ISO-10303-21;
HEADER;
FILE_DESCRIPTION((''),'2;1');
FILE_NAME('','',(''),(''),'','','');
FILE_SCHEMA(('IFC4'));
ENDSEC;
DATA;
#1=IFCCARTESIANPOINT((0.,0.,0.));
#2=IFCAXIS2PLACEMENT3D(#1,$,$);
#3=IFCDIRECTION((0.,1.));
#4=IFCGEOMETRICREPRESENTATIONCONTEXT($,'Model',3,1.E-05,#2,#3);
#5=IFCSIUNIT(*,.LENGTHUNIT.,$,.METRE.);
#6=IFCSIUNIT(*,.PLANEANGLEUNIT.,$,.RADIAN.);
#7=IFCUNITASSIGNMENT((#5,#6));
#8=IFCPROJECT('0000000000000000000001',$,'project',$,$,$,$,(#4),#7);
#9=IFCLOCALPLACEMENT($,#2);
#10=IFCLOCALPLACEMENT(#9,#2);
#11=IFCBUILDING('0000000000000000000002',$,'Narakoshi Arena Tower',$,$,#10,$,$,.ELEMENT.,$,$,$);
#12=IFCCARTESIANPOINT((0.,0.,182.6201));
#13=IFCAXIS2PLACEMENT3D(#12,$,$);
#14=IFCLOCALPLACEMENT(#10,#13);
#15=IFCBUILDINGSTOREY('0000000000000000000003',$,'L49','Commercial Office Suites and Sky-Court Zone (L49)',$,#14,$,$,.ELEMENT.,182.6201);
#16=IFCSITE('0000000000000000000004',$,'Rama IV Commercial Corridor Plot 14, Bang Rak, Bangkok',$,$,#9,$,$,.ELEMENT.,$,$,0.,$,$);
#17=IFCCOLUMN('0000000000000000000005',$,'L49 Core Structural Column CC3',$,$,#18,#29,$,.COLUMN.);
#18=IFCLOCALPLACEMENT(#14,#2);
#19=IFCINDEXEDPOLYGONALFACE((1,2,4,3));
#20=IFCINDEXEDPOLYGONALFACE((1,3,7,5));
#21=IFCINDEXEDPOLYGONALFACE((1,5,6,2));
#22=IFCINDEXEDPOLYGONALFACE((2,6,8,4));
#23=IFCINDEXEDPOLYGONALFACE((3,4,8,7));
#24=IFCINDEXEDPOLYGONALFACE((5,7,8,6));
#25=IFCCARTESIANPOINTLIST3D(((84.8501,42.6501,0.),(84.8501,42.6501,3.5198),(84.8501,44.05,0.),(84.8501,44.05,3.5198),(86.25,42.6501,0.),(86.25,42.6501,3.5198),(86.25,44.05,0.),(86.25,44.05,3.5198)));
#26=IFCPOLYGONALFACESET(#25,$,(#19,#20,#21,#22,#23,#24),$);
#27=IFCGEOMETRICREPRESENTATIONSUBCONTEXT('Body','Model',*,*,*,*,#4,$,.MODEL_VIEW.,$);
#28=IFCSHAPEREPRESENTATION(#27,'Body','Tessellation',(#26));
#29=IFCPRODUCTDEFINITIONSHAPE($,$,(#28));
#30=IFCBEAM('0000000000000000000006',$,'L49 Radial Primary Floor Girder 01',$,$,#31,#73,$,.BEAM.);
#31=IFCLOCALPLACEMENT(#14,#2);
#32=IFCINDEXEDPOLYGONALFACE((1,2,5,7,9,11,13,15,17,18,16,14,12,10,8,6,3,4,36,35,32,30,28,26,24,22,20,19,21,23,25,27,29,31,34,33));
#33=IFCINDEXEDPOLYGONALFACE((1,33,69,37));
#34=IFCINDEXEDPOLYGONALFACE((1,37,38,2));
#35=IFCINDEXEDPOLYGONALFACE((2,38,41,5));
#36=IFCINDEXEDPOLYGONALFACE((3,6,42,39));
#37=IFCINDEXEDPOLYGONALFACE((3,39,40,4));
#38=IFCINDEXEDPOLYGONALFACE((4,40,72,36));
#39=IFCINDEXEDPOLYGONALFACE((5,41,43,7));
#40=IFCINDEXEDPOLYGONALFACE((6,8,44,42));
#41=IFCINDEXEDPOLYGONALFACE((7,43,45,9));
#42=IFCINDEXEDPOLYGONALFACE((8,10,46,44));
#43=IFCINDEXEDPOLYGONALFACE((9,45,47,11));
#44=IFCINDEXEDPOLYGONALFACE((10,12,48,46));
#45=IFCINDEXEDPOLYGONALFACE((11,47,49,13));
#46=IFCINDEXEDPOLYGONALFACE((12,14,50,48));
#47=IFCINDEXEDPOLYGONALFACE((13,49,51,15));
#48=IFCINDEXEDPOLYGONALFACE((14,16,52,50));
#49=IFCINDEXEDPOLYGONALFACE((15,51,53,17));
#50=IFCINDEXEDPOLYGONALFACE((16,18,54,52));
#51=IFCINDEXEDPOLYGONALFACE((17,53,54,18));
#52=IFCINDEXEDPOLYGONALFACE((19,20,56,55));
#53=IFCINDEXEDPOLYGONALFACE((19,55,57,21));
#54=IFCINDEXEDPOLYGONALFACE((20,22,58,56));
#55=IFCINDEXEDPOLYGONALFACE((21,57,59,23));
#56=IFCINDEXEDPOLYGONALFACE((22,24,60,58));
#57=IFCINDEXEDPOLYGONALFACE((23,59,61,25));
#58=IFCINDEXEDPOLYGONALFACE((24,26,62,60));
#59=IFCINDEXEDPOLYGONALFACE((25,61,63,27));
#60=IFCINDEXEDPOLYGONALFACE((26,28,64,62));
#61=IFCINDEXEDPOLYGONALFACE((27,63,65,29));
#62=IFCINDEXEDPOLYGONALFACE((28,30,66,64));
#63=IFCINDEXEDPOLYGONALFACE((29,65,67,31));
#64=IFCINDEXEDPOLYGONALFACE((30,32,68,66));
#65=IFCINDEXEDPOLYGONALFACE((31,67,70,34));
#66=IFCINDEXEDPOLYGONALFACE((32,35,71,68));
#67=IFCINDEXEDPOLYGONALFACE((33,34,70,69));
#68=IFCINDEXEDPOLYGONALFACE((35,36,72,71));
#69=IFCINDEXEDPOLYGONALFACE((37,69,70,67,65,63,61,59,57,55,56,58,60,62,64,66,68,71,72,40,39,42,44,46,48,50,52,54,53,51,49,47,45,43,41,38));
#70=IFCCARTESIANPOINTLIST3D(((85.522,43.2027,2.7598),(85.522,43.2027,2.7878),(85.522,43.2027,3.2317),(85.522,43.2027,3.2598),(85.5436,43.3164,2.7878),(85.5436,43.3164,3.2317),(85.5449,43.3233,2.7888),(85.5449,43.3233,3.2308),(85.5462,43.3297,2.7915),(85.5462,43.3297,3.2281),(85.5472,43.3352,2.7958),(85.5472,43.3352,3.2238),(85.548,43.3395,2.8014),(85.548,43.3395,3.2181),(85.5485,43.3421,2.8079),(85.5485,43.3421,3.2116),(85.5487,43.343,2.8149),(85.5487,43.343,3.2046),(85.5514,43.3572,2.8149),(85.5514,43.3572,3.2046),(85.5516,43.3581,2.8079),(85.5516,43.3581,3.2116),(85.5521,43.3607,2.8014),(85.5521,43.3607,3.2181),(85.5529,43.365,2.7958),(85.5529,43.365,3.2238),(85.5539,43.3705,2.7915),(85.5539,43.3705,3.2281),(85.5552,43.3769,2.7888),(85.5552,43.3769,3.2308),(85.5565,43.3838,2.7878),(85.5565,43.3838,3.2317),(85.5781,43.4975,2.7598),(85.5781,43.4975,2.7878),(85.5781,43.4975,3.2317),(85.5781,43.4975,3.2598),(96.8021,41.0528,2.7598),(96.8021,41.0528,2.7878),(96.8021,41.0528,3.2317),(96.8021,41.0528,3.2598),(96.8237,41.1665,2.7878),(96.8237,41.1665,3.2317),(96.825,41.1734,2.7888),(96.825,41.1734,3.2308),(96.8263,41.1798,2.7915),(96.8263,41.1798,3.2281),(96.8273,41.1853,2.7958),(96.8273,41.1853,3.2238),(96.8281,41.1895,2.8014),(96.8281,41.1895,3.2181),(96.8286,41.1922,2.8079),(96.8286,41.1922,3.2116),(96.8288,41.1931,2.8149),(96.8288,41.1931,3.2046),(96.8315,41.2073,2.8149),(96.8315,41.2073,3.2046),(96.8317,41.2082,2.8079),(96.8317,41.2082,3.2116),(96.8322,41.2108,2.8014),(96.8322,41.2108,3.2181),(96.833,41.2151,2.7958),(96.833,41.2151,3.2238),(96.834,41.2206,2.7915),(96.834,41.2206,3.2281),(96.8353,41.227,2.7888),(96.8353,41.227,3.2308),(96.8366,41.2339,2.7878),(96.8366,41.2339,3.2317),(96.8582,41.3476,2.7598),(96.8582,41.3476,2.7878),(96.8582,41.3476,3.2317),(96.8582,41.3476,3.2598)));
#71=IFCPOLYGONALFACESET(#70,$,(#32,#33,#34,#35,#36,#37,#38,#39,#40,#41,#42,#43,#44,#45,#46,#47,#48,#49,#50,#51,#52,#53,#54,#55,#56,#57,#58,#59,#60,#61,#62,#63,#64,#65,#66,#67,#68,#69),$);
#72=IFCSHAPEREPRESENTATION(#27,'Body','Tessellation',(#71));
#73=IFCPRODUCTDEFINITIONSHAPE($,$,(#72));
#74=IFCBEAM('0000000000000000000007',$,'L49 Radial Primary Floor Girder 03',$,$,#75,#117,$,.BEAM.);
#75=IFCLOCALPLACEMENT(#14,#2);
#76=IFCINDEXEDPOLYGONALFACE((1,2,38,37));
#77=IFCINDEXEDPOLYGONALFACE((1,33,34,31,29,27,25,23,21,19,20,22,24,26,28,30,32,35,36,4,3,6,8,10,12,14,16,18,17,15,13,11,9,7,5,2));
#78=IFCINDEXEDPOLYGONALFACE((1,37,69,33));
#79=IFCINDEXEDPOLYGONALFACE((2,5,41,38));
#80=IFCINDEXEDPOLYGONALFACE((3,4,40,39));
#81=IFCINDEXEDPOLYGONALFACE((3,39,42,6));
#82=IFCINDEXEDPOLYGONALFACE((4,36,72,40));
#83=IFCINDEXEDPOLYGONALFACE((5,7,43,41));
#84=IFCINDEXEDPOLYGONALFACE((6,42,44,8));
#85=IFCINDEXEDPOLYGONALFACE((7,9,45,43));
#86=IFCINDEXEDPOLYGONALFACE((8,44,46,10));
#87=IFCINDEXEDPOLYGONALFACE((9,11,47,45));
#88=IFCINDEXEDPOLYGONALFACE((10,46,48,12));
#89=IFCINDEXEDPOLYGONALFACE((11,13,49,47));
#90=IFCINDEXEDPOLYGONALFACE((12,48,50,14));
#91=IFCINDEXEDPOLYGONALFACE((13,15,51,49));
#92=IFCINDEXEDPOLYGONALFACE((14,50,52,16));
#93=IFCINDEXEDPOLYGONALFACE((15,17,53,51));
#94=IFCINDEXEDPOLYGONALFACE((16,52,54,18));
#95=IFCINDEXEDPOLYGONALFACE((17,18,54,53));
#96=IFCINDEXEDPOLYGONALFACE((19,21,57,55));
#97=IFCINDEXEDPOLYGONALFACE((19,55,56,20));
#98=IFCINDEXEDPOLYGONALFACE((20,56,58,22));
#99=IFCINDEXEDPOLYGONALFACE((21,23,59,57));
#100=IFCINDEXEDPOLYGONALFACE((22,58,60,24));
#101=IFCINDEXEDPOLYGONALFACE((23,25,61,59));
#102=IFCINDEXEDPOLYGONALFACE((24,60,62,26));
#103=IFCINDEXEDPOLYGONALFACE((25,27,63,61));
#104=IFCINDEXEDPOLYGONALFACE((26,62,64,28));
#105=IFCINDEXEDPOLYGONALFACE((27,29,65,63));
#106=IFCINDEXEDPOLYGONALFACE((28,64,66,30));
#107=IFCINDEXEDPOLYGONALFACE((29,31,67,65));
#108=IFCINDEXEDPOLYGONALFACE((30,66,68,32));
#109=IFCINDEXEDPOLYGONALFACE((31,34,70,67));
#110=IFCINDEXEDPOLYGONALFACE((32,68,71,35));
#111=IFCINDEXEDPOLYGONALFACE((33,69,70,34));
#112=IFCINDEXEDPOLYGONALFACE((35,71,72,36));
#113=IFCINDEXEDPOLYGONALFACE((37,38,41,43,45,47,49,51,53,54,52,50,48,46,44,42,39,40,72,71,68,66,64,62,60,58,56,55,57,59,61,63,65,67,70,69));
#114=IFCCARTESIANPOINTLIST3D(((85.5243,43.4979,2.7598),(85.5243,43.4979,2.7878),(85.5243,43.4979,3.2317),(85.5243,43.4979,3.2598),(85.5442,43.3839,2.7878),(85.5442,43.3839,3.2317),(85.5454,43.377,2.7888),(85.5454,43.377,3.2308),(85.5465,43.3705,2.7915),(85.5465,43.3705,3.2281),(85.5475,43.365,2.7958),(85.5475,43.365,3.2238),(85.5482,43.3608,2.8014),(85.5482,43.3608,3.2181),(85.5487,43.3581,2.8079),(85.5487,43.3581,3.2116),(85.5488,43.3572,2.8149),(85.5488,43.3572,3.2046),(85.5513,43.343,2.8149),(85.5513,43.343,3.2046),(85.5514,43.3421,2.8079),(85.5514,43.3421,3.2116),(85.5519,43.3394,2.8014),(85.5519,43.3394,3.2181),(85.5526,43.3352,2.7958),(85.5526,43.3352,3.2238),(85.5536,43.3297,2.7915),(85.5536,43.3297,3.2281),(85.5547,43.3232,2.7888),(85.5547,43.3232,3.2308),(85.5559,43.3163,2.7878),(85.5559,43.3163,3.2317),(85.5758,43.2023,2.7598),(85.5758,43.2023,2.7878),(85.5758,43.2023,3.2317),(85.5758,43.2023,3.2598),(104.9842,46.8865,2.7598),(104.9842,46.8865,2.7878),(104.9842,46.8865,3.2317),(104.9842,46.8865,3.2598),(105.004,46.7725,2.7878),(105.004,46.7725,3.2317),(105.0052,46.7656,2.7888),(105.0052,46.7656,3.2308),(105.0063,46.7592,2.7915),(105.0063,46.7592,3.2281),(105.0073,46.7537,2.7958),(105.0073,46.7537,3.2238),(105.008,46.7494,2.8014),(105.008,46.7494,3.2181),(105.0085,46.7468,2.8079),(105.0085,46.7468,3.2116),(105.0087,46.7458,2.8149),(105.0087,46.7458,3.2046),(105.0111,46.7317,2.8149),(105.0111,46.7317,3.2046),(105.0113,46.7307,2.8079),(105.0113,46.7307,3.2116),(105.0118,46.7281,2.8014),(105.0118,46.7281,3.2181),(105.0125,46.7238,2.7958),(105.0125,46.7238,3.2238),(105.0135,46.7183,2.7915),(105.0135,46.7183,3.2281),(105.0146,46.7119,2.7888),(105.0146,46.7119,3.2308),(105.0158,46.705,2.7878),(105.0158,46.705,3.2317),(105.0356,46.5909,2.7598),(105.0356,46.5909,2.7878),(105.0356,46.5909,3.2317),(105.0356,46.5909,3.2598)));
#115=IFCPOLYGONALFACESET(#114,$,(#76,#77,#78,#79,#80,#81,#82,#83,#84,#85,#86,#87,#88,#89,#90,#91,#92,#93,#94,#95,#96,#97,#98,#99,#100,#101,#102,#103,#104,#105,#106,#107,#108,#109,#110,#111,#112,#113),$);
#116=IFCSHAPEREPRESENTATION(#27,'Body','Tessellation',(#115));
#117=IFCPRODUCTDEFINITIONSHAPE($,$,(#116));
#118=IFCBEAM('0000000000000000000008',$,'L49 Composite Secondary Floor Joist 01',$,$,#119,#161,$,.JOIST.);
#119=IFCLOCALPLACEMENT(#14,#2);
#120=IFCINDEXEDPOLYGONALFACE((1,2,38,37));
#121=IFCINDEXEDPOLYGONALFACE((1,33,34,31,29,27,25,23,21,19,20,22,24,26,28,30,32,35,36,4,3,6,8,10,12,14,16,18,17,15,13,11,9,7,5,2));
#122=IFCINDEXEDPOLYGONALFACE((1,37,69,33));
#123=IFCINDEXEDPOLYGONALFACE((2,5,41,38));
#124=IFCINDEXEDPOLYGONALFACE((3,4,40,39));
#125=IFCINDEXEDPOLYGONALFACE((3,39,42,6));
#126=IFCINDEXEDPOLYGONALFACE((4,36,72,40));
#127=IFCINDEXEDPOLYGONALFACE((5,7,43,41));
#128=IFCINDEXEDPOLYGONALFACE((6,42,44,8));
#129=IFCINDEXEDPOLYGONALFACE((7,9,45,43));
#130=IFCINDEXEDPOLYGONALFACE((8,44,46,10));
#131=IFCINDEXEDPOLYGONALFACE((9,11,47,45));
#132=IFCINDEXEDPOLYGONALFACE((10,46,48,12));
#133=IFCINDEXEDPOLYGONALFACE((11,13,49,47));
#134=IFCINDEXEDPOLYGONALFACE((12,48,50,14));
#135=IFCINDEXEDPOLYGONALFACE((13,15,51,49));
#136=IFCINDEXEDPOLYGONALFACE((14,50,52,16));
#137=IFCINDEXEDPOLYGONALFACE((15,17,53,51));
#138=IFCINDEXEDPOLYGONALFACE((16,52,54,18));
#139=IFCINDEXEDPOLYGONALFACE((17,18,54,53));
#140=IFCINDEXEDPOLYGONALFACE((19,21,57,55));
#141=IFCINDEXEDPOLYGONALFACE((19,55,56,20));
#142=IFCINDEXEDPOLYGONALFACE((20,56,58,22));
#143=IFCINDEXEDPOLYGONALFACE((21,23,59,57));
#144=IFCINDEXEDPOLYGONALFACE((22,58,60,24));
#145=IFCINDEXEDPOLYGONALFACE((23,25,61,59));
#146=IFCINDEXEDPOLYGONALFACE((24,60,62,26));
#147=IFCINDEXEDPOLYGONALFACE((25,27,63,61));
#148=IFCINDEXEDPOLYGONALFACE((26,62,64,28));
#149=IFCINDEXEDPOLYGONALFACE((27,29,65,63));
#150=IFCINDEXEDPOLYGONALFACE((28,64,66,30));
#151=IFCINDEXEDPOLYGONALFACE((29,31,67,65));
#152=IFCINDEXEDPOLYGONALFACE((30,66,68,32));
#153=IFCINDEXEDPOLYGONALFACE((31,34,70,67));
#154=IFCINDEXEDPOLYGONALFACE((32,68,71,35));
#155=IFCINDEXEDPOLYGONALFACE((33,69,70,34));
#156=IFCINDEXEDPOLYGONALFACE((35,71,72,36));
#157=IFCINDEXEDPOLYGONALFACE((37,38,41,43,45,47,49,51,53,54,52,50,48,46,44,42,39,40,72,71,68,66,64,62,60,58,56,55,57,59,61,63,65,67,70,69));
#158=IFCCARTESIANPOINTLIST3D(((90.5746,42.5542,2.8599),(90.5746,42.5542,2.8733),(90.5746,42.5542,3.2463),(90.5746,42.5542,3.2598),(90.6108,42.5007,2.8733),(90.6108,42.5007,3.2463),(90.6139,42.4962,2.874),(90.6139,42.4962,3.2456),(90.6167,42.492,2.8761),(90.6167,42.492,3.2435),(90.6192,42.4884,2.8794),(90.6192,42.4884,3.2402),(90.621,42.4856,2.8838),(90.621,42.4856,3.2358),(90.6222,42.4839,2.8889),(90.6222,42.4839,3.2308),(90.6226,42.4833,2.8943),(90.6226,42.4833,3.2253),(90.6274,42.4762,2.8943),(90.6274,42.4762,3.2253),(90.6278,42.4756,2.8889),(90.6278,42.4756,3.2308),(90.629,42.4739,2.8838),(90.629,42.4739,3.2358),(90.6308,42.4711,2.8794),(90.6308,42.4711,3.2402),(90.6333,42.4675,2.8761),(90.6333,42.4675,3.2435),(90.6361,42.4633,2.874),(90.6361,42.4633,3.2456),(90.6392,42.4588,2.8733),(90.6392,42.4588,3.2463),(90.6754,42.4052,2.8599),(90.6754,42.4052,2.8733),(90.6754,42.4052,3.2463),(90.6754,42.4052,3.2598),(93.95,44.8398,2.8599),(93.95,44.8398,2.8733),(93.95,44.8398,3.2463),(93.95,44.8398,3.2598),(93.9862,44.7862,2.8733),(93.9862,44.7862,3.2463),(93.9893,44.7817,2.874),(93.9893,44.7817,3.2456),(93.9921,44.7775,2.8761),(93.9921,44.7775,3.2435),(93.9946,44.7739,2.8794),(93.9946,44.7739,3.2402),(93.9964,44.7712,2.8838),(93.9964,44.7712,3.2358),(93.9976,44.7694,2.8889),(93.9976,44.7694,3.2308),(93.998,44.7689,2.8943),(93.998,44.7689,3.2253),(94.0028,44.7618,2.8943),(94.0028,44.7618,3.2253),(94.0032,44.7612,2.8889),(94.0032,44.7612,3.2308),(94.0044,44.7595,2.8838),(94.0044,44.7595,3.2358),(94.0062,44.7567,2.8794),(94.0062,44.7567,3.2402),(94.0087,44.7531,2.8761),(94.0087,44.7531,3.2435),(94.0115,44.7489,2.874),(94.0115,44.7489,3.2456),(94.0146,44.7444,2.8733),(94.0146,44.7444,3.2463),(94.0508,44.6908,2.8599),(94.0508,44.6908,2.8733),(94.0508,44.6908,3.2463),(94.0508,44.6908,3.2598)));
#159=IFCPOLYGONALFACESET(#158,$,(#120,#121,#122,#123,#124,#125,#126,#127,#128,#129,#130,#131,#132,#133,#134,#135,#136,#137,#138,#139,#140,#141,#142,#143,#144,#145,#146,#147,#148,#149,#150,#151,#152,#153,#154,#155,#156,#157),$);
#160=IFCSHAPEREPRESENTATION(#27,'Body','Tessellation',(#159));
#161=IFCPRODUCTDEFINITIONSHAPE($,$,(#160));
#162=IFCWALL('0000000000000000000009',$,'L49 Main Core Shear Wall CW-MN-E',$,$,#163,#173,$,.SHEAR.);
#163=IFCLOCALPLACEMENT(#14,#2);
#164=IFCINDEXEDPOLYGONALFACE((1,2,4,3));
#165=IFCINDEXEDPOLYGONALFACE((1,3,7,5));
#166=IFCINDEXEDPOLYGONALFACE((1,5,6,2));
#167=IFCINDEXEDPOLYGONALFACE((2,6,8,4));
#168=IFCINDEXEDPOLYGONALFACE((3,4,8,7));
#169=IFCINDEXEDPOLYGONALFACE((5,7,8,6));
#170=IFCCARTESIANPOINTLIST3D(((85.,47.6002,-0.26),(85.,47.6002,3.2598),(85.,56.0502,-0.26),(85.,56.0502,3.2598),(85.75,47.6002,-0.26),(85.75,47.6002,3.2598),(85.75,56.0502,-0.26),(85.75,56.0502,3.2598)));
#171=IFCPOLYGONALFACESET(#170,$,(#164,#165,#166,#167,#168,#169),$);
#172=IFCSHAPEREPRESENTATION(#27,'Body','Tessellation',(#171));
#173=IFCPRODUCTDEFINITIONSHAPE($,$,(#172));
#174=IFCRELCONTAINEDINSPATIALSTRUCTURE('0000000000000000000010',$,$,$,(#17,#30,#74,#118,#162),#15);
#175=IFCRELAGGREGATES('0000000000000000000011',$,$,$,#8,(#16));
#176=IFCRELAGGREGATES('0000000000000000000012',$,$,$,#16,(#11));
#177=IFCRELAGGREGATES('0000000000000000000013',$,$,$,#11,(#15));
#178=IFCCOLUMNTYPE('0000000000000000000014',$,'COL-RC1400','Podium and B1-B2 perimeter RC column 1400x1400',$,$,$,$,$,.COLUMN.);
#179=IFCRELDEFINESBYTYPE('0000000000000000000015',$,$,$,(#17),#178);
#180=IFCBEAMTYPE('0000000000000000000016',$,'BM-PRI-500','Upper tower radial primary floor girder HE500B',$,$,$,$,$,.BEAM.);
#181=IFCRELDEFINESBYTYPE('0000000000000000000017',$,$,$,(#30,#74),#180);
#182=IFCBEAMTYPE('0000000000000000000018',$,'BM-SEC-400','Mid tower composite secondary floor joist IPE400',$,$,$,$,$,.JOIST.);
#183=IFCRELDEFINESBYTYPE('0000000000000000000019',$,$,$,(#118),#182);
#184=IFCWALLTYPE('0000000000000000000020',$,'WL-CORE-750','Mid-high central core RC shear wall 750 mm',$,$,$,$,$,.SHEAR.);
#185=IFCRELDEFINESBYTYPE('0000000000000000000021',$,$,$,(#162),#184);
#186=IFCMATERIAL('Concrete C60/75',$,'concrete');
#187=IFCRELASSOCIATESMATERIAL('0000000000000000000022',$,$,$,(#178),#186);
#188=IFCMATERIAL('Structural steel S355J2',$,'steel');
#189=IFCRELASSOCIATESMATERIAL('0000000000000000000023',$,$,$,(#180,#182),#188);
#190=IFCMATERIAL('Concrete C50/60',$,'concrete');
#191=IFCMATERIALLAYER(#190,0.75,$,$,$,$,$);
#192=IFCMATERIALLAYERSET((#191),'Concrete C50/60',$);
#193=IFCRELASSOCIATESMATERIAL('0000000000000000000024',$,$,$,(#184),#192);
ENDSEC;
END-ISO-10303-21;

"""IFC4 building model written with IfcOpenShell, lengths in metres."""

from ifc_helpers import new_model, si_unit, direction, frame, frame_2d, origin, origin_2d, place, context, subcontext, project, spatial, rectangle, i_section, extrude, material, layer, layer_set, material_profile, profile_set, type_object, element, save


model = new_model("IFC4")

# Units and contexts
model_context = context("Model", 3, precision=1e-05, world=origin(), true_north=direction((0.0, 1.0)))
body_context = subcontext(model_context, "Body", "Model", "MODEL_VIEW")
ifc_project = project(units=[si_unit("LENGTHUNIT", "METRE"), si_unit("PLANEANGLEUNIT", "RADIAN")], contexts=[model_context])

# Site, building, storey
site_placement = place(None, origin())
site = spatial("IfcSite", under=ifc_project, at=site_placement, Name="Rama IV Commercial Corridor Plot 14, Bang Rak, Bangkok", CompositionType="ELEMENT", RefElevation=0.0)
building_placement = place(site_placement, origin())
building = spatial("IfcBuilding", under=site, at=building_placement, Name="Narakoshi Arena Tower", CompositionType="ELEMENT")
storey_placement = place(building_placement, frame((0.0, 0.0, 182.6201)))
storey = spatial("IfcBuildingStorey", under=building, at=storey_placement, Name="L49", Description="Commercial Office Suites and Sky-Court Zone (L49)", CompositionType="ELEMENT", Elevation=182.6201)

# Column
ifc_material_1 = material(Name="Concrete C60/75", Category="concrete")
ifc_material_profile_1 = material_profile(ifc_material_1, rectangle(XDim=1.3999, YDim=1.3999, at=origin_2d()), Name="RC1400x1400")
ifc_profile_set_1 = profile_set([ifc_material_profile_1], Name="Concrete C60/75")
column_type = type_object("IfcColumnType", Name="COL-RC1400", Description="Podium and B1-B2 perimeter RC column 1400x1400", PredefinedType="COLUMN", material=ifc_profile_set_1)
column_placement = place(storey_placement, frame((85.55, 43.3501, 0.0), z_axis=(0.0, 0.0, 1.0), x_axis=(1.0, 0.0, 0.0)))
element("IfcColumn", 1, at=column_placement, inside=storey, type_object=column_type, Name="L49 Core Structural Column CC3", PredefinedType="COLUMN", context=body_context, shape_type="SweptSolid", body=[
    extrude(rectangle(XDim=1.3999, YDim=1.3999, at=origin_2d()), origin(), (0.0, 0.0, 1.0), 3.5198),
])

# Beams
ifc_material_2 = material(Name="Structural steel S355J2", Category="steel")
ifc_material_profile_2 = material_profile(ifc_material_2, i_section(OverallWidth=0.3, OverallDepth=0.5, WebThickness=0.0144, FlangeThickness=0.0281, FilletRadius=0.0271, at=origin_2d()), Name="HE500B")
ifc_profile_set_2 = profile_set([ifc_material_profile_2], Name="Structural steel S355J2")
beam_type_1 = type_object("IfcBeamType", Name="BM-PRI-500", Description="Upper tower radial primary floor girder HE500B", PredefinedType="BEAM", material=ifc_profile_set_2)
beam_1_placement = place(storey_placement, frame((85.55, 43.3501, 3.0098), z_axis=(0.982317, -0.187223, 0.0), x_axis=(0.187223, 0.982317, 0.0)))
element("IfcBeam", 2, at=beam_1_placement, inside=storey, type_object=beam_type_1, Name="L49 Radial Primary Floor Girder 01", PredefinedType="BEAM", context=body_context, shape_type="SweptSolid", body=[
    extrude(i_section(OverallWidth=0.3, OverallDepth=0.5, WebThickness=0.0144, FlangeThickness=0.0281, FilletRadius=0.0271, at=origin_2d()), origin(), (0.0, 0.0, 1.0), 11.4832),
])
beam_2_placement = place(storey_placement, frame((85.55, 43.3501, 3.0098), z_axis=(0.985175, 0.171554, 0.0), x_axis=(-0.171554, 0.985175, 0.0)))
element("IfcBeam", 3, at=beam_2_placement, inside=storey, type_object=beam_type_1, Name="L49 Radial Primary Floor Girder 03", PredefinedType="BEAM", context=body_context, shape_type="SweptSolid", body=[
    extrude(i_section(OverallWidth=0.3, OverallDepth=0.5, WebThickness=0.0144, FlangeThickness=0.0281, FilletRadius=0.0271, at=origin_2d()), origin(), (0.0, 0.0, 1.0), 19.7527),
])
ifc_material_profile_3 = material_profile(ifc_material_2, i_section(OverallWidth=0.1799, OverallDepth=0.3999, WebThickness=0.0085, FlangeThickness=0.0134, FilletRadius=0.021, at=origin_2d()), Name="IPE400")
ifc_profile_set_3 = profile_set([ifc_material_profile_3], Name="Structural steel S355J2")
beam_type_2 = type_object("IfcBeamType", Name="BM-SEC-400", Description="Mid tower composite secondary floor joist IPE400", PredefinedType="JOIST", material=ifc_profile_set_3)
beam_3_placement = place(storey_placement, frame((90.625, 42.4797, 3.0598), z_axis=(0.82803, 0.560684, 0.0), x_axis=(-0.560684, 0.82803, 0.0)))
element("IfcBeam", 4, at=beam_3_placement, inside=storey, type_object=beam_type_2, Name="L49 Composite Secondary Floor Joist 01", PredefinedType="JOIST", context=body_context, shape_type="SweptSolid", body=[
    extrude(i_section(OverallWidth=0.1799, OverallDepth=0.3999, WebThickness=0.0085, FlangeThickness=0.0134, FilletRadius=0.021, at=origin_2d()), origin(), (0.0, 0.0, 1.0), 4.0764),
])

# Wall
ifc_material_3 = material(Name="Concrete C50/60", Category="concrete")
ifc_layer_1 = layer(ifc_material_3, 0.75)
ifc_layer_set_1 = layer_set([ifc_layer_1], Name="Concrete C50/60")
wall_type_1 = type_object("IfcWallType", Name="WL-CORE-750", Description="Mid-high central core RC shear wall 750 mm", PredefinedType="SHEAR", material=ifc_layer_set_1)
wall_1_placement = place(storey_placement, frame((85.375, 47.6001, -0.26), z_axis=(0.0, 0.0, 1.0), x_axis=(0.0, 1.0, 0.0)))
element("IfcWall", 5, at=wall_1_placement, inside=storey, type_object=wall_type_1, Name="L49 Main Core Shear Wall CW-MN-E", PredefinedType="SHEAR", context=body_context, shape_type="SweptSolid", body=[
    extrude(rectangle(XDim=8.45, YDim=0.75, at=frame_2d((4.2251, 0.0))), origin(), (0.0, 0.0, 1.0), 3.5198),
])

save(model, "model.ifc")
